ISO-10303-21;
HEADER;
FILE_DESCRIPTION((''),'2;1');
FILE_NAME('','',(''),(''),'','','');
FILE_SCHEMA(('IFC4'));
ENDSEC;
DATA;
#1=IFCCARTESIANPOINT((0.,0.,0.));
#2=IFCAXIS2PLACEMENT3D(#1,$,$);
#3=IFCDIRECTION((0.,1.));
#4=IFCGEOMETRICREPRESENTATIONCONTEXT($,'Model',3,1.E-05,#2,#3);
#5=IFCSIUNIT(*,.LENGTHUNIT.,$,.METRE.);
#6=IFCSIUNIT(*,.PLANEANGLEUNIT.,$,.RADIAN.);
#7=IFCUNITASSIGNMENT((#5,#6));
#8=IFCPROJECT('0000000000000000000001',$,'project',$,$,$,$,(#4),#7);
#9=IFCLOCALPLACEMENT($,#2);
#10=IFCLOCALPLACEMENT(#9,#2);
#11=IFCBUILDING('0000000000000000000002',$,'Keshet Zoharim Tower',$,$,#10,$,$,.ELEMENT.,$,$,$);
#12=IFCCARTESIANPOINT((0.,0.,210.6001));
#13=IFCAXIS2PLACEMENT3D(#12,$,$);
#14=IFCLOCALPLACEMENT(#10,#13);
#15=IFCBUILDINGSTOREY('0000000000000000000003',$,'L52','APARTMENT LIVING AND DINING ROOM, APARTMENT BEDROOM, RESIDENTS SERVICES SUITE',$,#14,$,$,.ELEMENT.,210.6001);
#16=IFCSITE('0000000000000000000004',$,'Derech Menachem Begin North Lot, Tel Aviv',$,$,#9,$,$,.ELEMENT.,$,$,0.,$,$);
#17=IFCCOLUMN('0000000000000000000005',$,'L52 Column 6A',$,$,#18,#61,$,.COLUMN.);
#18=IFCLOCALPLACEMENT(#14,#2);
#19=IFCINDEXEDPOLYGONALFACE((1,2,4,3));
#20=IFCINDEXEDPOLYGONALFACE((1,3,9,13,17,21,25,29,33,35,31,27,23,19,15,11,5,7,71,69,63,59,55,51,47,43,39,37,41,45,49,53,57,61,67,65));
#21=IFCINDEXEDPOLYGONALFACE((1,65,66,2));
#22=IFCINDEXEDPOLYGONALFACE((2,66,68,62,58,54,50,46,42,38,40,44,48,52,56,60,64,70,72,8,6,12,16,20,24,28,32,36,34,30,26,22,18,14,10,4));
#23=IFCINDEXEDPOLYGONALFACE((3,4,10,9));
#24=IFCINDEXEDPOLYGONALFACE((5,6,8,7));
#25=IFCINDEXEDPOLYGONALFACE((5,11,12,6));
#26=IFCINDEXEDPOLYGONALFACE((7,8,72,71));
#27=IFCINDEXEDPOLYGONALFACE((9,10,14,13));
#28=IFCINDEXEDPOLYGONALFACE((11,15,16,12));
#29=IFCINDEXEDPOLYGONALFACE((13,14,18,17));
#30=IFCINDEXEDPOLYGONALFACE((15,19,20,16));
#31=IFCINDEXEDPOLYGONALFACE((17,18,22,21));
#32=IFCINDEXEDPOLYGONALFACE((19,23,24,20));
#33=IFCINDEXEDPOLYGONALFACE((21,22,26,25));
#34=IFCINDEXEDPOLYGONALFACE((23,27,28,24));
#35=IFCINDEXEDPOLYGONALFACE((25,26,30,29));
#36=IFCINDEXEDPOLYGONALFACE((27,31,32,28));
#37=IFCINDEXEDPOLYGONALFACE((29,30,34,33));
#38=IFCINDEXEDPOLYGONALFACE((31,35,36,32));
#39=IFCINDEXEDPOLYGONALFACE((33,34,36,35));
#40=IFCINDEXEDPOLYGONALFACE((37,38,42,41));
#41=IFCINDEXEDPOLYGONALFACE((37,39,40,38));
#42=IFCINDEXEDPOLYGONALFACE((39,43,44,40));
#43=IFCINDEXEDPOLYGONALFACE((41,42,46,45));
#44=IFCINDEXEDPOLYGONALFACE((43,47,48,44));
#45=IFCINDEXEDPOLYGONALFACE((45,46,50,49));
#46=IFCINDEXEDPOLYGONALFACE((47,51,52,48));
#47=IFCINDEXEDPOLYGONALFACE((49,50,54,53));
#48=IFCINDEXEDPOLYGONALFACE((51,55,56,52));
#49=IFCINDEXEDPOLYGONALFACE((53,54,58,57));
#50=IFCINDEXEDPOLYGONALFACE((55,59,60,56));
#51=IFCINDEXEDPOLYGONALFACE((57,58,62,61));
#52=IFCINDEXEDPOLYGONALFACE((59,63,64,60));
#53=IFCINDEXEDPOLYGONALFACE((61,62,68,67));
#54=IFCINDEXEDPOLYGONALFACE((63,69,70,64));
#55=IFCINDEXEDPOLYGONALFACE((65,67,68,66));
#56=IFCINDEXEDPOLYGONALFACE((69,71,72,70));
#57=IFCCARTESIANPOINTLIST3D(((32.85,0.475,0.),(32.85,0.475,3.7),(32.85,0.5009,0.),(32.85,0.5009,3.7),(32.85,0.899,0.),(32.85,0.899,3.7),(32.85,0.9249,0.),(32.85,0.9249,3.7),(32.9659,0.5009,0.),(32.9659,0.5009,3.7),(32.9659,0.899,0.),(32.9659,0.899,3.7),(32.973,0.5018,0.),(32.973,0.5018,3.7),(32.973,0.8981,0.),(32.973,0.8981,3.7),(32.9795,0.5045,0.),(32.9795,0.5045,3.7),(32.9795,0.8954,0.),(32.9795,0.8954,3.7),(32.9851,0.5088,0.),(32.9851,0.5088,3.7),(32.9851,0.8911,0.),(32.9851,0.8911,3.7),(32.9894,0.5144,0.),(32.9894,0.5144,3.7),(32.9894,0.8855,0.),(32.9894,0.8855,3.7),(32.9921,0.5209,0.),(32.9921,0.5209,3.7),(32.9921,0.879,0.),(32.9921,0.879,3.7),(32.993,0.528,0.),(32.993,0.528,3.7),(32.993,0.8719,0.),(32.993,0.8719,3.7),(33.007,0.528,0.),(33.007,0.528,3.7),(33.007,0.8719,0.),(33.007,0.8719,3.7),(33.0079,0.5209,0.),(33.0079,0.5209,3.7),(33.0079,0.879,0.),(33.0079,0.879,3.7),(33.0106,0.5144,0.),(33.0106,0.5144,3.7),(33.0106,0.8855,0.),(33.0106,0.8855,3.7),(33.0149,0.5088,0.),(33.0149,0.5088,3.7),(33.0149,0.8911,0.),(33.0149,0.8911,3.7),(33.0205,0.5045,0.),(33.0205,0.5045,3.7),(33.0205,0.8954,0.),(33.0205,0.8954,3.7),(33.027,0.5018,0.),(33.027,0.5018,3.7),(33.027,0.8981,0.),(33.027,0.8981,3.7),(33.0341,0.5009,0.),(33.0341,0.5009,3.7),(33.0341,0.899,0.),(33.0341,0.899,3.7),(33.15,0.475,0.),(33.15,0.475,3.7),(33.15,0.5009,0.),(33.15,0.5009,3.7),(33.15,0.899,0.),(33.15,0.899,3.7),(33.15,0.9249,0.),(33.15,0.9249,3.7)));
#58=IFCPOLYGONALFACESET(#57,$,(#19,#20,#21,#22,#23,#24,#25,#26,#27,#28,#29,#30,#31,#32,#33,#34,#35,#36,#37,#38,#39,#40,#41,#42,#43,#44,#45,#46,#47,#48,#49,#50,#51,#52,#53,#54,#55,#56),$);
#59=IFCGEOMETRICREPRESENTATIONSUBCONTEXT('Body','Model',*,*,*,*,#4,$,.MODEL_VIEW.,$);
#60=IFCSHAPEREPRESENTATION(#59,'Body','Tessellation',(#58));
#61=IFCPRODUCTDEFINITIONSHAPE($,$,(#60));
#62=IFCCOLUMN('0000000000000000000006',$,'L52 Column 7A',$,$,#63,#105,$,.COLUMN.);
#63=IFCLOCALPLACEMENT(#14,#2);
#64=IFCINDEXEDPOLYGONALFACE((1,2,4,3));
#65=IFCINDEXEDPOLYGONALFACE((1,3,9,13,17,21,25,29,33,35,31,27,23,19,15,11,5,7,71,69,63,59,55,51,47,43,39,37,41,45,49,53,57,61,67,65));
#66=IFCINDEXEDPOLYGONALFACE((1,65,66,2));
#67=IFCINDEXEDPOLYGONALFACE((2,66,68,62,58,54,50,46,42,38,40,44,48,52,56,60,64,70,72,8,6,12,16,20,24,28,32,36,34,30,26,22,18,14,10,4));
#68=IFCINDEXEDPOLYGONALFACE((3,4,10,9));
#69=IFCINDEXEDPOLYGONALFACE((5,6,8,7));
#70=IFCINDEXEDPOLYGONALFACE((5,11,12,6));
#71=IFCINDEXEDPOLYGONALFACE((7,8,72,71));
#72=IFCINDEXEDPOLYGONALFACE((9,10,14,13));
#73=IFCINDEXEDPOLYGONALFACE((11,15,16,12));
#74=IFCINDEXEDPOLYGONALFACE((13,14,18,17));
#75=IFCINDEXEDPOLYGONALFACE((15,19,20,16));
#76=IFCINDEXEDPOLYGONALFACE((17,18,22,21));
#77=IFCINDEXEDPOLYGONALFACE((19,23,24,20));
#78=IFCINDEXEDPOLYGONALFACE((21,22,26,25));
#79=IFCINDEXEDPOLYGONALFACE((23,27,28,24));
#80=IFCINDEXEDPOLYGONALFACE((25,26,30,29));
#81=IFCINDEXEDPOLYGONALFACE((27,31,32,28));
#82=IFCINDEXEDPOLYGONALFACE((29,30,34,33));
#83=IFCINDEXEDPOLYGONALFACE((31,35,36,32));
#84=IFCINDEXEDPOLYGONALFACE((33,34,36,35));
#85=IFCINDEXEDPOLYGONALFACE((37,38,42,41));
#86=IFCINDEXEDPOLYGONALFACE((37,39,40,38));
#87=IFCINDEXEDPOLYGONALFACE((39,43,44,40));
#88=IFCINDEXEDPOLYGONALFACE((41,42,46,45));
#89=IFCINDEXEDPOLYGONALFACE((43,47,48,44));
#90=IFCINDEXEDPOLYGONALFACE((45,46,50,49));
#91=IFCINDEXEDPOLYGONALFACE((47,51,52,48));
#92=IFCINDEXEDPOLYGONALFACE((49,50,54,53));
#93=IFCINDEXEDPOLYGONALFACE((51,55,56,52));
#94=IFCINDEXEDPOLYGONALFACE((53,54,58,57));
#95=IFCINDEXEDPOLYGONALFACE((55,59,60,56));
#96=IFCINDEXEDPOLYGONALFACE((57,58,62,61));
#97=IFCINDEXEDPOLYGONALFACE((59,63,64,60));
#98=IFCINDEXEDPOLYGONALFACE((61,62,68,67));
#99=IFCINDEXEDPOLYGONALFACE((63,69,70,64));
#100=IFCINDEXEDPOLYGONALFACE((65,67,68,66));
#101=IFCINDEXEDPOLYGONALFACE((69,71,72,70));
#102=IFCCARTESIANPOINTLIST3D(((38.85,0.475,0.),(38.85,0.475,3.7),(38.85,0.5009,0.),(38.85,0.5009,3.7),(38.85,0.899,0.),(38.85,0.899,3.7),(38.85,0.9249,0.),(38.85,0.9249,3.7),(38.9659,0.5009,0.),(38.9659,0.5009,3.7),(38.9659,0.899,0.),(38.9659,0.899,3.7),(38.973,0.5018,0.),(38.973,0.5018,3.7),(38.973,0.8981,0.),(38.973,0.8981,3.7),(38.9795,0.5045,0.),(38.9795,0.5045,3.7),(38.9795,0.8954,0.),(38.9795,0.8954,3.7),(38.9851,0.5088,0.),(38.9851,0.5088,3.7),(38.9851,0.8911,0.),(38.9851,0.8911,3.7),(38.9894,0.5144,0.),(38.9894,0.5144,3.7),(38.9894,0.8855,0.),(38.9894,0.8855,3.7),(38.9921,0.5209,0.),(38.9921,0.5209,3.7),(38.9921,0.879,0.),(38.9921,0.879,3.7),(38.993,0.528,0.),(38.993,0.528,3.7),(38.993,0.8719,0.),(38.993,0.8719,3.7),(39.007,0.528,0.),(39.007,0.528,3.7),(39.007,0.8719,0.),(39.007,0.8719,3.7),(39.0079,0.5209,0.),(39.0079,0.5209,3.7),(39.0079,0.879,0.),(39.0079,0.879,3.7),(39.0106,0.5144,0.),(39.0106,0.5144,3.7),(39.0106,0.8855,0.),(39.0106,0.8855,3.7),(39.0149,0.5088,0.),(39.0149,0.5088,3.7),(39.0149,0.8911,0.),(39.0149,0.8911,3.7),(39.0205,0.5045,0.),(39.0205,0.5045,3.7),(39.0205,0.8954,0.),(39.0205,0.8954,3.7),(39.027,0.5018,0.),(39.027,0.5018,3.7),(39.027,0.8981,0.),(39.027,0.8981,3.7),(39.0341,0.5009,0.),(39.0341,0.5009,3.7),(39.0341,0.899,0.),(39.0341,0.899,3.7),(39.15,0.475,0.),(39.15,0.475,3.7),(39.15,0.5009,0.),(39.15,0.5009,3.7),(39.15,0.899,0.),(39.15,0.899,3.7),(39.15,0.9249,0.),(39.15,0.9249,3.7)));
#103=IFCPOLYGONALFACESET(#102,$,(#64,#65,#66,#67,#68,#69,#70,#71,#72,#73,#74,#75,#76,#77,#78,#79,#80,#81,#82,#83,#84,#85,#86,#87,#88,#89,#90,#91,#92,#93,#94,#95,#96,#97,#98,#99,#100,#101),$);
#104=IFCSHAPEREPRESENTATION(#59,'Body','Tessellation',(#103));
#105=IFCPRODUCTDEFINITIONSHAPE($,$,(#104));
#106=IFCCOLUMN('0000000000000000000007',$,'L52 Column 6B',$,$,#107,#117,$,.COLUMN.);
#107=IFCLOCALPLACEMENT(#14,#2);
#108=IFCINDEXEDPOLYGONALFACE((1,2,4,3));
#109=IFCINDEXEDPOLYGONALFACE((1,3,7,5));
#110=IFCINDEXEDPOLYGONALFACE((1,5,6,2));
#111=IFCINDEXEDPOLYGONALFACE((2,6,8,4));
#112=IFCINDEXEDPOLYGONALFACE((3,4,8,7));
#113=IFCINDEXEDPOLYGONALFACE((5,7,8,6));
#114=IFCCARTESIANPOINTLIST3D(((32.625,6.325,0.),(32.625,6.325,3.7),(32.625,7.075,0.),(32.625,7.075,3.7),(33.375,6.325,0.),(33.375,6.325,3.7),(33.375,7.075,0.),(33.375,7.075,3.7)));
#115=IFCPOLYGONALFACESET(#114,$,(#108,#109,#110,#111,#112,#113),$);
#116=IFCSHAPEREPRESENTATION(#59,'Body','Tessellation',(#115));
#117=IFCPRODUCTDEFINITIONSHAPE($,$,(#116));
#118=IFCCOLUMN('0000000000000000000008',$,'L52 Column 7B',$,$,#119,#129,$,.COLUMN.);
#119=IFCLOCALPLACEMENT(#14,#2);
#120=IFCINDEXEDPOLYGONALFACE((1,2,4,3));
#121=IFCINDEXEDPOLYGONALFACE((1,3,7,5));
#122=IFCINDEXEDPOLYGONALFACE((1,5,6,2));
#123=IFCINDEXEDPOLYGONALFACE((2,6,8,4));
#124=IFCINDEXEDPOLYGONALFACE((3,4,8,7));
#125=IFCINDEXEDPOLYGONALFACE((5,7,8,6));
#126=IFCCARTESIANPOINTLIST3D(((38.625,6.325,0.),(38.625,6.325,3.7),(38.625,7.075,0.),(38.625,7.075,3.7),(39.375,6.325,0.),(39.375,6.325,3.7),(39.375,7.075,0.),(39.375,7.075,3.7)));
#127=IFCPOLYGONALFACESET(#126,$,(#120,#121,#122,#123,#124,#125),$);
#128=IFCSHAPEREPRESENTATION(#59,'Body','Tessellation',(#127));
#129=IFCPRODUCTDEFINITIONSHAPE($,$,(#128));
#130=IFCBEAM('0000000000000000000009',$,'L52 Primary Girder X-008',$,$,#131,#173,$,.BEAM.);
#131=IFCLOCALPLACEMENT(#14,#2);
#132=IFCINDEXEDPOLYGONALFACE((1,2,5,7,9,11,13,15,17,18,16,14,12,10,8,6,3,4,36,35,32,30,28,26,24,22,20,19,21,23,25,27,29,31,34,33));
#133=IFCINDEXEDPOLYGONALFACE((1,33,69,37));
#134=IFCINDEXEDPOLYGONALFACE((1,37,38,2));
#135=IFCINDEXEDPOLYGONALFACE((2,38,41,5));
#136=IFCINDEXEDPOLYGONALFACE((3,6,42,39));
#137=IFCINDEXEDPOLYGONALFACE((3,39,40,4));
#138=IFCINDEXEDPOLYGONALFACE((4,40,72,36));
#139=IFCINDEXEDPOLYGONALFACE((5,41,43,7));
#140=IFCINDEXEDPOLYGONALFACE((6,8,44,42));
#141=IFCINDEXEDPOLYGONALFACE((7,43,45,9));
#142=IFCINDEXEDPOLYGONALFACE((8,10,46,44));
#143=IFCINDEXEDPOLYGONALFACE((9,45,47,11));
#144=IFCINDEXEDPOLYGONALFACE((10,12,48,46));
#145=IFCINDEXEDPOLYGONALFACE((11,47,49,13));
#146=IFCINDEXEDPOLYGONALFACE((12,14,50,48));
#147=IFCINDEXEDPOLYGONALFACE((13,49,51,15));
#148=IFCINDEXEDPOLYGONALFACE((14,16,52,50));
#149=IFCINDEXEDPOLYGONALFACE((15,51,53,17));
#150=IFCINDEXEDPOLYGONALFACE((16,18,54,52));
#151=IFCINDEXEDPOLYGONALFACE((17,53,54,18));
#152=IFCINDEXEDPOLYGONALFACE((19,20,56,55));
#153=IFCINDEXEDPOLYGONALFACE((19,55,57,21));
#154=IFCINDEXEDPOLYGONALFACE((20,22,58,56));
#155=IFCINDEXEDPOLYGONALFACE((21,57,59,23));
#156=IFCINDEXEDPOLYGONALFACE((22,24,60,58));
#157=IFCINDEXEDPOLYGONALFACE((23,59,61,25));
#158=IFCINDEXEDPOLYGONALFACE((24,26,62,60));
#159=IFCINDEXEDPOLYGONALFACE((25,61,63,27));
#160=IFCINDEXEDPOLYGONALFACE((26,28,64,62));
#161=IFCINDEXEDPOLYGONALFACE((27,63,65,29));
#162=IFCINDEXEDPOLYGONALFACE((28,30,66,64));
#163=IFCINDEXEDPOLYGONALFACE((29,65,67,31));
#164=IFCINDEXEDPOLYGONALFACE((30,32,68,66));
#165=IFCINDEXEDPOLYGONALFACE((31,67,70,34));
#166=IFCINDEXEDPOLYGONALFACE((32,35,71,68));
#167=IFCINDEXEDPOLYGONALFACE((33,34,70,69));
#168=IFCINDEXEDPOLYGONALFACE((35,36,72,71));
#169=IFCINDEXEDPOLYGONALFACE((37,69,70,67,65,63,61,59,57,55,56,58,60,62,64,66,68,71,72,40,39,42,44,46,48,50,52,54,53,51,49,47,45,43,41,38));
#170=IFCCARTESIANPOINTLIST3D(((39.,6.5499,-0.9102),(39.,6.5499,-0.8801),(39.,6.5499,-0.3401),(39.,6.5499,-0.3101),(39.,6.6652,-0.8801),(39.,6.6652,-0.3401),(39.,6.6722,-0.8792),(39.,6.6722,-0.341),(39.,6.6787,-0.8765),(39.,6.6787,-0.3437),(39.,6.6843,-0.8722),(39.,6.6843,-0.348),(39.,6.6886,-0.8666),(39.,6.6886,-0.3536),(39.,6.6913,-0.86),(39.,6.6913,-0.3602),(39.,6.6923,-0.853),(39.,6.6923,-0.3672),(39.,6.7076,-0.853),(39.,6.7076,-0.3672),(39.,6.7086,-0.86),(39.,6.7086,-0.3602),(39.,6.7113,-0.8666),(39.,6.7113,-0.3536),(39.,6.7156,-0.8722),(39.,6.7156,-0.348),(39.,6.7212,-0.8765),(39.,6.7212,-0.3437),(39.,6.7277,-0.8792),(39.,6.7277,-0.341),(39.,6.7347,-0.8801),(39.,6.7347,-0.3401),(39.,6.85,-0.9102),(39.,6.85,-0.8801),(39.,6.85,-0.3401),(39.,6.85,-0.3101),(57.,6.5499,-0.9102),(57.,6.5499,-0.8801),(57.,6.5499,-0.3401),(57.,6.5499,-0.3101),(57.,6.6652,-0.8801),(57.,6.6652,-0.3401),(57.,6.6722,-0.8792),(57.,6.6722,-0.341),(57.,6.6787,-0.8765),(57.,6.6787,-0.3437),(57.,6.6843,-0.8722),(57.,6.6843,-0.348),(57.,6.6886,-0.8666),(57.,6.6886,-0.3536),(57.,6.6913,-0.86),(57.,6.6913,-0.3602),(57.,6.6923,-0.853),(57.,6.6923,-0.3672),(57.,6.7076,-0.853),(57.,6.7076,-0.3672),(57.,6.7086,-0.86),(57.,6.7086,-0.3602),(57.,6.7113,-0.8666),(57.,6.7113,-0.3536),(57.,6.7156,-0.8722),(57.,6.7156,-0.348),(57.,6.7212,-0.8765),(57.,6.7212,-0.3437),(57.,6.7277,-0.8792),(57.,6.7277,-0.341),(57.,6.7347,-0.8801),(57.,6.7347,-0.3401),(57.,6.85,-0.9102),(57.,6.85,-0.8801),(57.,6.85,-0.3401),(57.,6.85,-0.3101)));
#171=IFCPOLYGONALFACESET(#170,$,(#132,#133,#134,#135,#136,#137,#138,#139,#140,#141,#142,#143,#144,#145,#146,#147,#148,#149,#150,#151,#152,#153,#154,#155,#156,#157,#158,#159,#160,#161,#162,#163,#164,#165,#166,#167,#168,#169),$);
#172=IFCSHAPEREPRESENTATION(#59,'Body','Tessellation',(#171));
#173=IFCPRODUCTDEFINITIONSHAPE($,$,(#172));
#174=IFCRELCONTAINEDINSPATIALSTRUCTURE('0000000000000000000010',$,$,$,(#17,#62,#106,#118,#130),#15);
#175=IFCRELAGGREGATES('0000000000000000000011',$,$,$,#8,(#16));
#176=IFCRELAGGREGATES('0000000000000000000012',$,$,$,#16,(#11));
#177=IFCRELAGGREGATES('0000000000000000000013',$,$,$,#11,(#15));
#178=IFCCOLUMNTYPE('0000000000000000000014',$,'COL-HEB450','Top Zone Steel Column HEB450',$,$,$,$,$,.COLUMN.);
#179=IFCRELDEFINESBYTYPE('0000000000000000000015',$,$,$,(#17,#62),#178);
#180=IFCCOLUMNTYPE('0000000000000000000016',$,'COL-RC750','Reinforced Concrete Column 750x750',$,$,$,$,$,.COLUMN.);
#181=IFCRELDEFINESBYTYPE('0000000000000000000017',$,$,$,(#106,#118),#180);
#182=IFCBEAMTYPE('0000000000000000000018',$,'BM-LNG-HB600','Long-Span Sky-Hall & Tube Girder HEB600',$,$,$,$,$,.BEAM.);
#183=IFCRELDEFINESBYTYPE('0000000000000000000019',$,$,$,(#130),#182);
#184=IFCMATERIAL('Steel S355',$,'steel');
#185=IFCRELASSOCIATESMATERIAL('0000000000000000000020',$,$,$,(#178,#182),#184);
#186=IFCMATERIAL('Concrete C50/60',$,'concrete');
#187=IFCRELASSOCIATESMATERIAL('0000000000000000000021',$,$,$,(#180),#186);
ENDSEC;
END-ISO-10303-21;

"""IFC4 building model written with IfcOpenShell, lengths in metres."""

from ifc_helpers import new_model, si_unit, direction, frame, origin, origin_2d, place, context, subcontext, project, spatial, rectangle, i_section, extrude, material, material_profile, profile_set, type_object, element, save


model = new_model("IFC4")

# Units and contexts
model_context = context("Model", 3, precision=1e-05, world=origin(), true_north=direction((0.0, 1.0)))
body_context = subcontext(model_context, "Body", "Model", "MODEL_VIEW")
ifc_project = project(units=[si_unit("LENGTHUNIT", "METRE"), si_unit("PLANEANGLEUNIT", "RADIAN")], contexts=[model_context])

# Site, building, storey
site_placement = place(None, origin())
site = spatial("IfcSite", under=ifc_project, at=site_placement, Name="Derech Menachem Begin North Lot, Tel Aviv", CompositionType="ELEMENT", RefElevation=0.0)
building_placement = place(site_placement, origin())
building = spatial("IfcBuilding", under=site, at=building_placement, Name="Keshet Zoharim Tower", CompositionType="ELEMENT")
storey_placement = place(building_placement, frame((0.0, 0.0, 210.6001)))
storey = spatial("IfcBuildingStorey", under=building, at=storey_placement, Name="L52", Description="APARTMENT LIVING AND DINING ROOM, APARTMENT BEDROOM, RESIDENTS SERVICES SUITE", CompositionType="ELEMENT", Elevation=210.6001)

# Columns
ifc_material_1 = material(Name="Steel S355", Category="steel")
ifc_material_profile_1 = material_profile(ifc_material_1, i_section(OverallWidth=0.3, OverallDepth=0.45, WebThickness=0.0139, FlangeThickness=0.0259, FilletRadius=0.0271, at=origin_2d()), Name="HEB450")
ifc_profile_set_1 = profile_set([ifc_material_profile_1], Name="Steel S355")
column_type_1 = type_object("IfcColumnType", Name="COL-HEB450", Description="Top Zone Steel Column HEB450", PredefinedType="COLUMN", material=ifc_profile_set_1)
for number, where, z_axis, x_axis, name in (
    (1, (33.0, 0.7, 0.0), (0.0, 0.0, 1.0), (1.0, 0.0, 0.0), "L52 Column 6A"),
    (2, (39.0, 0.7, 0.0), (0.0, 0.0, 1.0), (1.0, 0.0, 0.0), "L52 Column 7A"),
):
    element("IfcColumn", number, at=place(storey_placement, frame(where, z_axis=z_axis, x_axis=x_axis)), inside=storey, type_object=column_type_1, Name=name, PredefinedType="COLUMN", context=body_context, shape_type="SweptSolid", body=[
        extrude(i_section(OverallWidth=0.3, OverallDepth=0.45, WebThickness=0.0139, FlangeThickness=0.0259, FilletRadius=0.0271, at=origin_2d()), origin(), (0.0, 0.0, 1.0), 3.7),
    ])
ifc_material_2 = material(Name="Concrete C50/60", Category="concrete")
ifc_material_profile_2 = material_profile(ifc_material_2, rectangle(XDim=0.75, YDim=0.75, at=origin_2d()), Name="RC750x750")
ifc_profile_set_2 = profile_set([ifc_material_profile_2], Name="Concrete C50/60")
column_type_2 = type_object("IfcColumnType", Name="COL-RC750", Description="Reinforced Concrete Column 750x750", PredefinedType="COLUMN", material=ifc_profile_set_2)
for number, where, z_axis, x_axis, name in (
    (3, (33.0, 6.7, 0.0), (0.0, 0.0, 1.0), (1.0, 0.0, 0.0), "L52 Column 6B"),
    (4, (39.0, 6.7, 0.0), (0.0, 0.0, 1.0), (1.0, 0.0, 0.0), "L52 Column 7B"),
):
    element("IfcColumn", number, at=place(storey_placement, frame(where, z_axis=z_axis, x_axis=x_axis)), inside=storey, type_object=column_type_2, Name=name, PredefinedType="COLUMN", context=body_context, shape_type="SweptSolid", body=[
        extrude(rectangle(XDim=0.75, YDim=0.75, at=origin_2d()), origin(), (0.0, 0.0, 1.0), 3.7),
    ])

# Beam
ifc_material_profile_3 = material_profile(ifc_material_1, i_section(OverallWidth=0.3, OverallDepth=0.6001, WebThickness=0.0154, FlangeThickness=0.03, FilletRadius=0.0271, at=origin_2d()), Name="HEB600")
ifc_profile_set_3 = profile_set([ifc_material_profile_3], Name="Steel S355")
beam_type_1 = type_object("IfcBeamType", Name="BM-LNG-HB600", Description="Long-Span Sky-Hall & Tube Girder HEB600", PredefinedType="BEAM", material=ifc_profile_set_3)
beam_placement = place(storey_placement, frame((39.0, 6.7, -0.6101), z_axis=(1.0, 0.0, 0.0), x_axis=(0.0, 1.0, 0.0)))
element("IfcBeam", 5, at=beam_placement, inside=storey, type_object=beam_type_1, Name="L52 Primary Girder X-008", PredefinedType="BEAM", context=body_context, shape_type="SweptSolid", body=[
    extrude(i_section(OverallWidth=0.3, OverallDepth=0.6001, WebThickness=0.0154, FlangeThickness=0.03, FilletRadius=0.0271, at=origin_2d()), origin(), (0.0, 0.0, 1.0), 18.0),
])

save(model, "model.ifc")
